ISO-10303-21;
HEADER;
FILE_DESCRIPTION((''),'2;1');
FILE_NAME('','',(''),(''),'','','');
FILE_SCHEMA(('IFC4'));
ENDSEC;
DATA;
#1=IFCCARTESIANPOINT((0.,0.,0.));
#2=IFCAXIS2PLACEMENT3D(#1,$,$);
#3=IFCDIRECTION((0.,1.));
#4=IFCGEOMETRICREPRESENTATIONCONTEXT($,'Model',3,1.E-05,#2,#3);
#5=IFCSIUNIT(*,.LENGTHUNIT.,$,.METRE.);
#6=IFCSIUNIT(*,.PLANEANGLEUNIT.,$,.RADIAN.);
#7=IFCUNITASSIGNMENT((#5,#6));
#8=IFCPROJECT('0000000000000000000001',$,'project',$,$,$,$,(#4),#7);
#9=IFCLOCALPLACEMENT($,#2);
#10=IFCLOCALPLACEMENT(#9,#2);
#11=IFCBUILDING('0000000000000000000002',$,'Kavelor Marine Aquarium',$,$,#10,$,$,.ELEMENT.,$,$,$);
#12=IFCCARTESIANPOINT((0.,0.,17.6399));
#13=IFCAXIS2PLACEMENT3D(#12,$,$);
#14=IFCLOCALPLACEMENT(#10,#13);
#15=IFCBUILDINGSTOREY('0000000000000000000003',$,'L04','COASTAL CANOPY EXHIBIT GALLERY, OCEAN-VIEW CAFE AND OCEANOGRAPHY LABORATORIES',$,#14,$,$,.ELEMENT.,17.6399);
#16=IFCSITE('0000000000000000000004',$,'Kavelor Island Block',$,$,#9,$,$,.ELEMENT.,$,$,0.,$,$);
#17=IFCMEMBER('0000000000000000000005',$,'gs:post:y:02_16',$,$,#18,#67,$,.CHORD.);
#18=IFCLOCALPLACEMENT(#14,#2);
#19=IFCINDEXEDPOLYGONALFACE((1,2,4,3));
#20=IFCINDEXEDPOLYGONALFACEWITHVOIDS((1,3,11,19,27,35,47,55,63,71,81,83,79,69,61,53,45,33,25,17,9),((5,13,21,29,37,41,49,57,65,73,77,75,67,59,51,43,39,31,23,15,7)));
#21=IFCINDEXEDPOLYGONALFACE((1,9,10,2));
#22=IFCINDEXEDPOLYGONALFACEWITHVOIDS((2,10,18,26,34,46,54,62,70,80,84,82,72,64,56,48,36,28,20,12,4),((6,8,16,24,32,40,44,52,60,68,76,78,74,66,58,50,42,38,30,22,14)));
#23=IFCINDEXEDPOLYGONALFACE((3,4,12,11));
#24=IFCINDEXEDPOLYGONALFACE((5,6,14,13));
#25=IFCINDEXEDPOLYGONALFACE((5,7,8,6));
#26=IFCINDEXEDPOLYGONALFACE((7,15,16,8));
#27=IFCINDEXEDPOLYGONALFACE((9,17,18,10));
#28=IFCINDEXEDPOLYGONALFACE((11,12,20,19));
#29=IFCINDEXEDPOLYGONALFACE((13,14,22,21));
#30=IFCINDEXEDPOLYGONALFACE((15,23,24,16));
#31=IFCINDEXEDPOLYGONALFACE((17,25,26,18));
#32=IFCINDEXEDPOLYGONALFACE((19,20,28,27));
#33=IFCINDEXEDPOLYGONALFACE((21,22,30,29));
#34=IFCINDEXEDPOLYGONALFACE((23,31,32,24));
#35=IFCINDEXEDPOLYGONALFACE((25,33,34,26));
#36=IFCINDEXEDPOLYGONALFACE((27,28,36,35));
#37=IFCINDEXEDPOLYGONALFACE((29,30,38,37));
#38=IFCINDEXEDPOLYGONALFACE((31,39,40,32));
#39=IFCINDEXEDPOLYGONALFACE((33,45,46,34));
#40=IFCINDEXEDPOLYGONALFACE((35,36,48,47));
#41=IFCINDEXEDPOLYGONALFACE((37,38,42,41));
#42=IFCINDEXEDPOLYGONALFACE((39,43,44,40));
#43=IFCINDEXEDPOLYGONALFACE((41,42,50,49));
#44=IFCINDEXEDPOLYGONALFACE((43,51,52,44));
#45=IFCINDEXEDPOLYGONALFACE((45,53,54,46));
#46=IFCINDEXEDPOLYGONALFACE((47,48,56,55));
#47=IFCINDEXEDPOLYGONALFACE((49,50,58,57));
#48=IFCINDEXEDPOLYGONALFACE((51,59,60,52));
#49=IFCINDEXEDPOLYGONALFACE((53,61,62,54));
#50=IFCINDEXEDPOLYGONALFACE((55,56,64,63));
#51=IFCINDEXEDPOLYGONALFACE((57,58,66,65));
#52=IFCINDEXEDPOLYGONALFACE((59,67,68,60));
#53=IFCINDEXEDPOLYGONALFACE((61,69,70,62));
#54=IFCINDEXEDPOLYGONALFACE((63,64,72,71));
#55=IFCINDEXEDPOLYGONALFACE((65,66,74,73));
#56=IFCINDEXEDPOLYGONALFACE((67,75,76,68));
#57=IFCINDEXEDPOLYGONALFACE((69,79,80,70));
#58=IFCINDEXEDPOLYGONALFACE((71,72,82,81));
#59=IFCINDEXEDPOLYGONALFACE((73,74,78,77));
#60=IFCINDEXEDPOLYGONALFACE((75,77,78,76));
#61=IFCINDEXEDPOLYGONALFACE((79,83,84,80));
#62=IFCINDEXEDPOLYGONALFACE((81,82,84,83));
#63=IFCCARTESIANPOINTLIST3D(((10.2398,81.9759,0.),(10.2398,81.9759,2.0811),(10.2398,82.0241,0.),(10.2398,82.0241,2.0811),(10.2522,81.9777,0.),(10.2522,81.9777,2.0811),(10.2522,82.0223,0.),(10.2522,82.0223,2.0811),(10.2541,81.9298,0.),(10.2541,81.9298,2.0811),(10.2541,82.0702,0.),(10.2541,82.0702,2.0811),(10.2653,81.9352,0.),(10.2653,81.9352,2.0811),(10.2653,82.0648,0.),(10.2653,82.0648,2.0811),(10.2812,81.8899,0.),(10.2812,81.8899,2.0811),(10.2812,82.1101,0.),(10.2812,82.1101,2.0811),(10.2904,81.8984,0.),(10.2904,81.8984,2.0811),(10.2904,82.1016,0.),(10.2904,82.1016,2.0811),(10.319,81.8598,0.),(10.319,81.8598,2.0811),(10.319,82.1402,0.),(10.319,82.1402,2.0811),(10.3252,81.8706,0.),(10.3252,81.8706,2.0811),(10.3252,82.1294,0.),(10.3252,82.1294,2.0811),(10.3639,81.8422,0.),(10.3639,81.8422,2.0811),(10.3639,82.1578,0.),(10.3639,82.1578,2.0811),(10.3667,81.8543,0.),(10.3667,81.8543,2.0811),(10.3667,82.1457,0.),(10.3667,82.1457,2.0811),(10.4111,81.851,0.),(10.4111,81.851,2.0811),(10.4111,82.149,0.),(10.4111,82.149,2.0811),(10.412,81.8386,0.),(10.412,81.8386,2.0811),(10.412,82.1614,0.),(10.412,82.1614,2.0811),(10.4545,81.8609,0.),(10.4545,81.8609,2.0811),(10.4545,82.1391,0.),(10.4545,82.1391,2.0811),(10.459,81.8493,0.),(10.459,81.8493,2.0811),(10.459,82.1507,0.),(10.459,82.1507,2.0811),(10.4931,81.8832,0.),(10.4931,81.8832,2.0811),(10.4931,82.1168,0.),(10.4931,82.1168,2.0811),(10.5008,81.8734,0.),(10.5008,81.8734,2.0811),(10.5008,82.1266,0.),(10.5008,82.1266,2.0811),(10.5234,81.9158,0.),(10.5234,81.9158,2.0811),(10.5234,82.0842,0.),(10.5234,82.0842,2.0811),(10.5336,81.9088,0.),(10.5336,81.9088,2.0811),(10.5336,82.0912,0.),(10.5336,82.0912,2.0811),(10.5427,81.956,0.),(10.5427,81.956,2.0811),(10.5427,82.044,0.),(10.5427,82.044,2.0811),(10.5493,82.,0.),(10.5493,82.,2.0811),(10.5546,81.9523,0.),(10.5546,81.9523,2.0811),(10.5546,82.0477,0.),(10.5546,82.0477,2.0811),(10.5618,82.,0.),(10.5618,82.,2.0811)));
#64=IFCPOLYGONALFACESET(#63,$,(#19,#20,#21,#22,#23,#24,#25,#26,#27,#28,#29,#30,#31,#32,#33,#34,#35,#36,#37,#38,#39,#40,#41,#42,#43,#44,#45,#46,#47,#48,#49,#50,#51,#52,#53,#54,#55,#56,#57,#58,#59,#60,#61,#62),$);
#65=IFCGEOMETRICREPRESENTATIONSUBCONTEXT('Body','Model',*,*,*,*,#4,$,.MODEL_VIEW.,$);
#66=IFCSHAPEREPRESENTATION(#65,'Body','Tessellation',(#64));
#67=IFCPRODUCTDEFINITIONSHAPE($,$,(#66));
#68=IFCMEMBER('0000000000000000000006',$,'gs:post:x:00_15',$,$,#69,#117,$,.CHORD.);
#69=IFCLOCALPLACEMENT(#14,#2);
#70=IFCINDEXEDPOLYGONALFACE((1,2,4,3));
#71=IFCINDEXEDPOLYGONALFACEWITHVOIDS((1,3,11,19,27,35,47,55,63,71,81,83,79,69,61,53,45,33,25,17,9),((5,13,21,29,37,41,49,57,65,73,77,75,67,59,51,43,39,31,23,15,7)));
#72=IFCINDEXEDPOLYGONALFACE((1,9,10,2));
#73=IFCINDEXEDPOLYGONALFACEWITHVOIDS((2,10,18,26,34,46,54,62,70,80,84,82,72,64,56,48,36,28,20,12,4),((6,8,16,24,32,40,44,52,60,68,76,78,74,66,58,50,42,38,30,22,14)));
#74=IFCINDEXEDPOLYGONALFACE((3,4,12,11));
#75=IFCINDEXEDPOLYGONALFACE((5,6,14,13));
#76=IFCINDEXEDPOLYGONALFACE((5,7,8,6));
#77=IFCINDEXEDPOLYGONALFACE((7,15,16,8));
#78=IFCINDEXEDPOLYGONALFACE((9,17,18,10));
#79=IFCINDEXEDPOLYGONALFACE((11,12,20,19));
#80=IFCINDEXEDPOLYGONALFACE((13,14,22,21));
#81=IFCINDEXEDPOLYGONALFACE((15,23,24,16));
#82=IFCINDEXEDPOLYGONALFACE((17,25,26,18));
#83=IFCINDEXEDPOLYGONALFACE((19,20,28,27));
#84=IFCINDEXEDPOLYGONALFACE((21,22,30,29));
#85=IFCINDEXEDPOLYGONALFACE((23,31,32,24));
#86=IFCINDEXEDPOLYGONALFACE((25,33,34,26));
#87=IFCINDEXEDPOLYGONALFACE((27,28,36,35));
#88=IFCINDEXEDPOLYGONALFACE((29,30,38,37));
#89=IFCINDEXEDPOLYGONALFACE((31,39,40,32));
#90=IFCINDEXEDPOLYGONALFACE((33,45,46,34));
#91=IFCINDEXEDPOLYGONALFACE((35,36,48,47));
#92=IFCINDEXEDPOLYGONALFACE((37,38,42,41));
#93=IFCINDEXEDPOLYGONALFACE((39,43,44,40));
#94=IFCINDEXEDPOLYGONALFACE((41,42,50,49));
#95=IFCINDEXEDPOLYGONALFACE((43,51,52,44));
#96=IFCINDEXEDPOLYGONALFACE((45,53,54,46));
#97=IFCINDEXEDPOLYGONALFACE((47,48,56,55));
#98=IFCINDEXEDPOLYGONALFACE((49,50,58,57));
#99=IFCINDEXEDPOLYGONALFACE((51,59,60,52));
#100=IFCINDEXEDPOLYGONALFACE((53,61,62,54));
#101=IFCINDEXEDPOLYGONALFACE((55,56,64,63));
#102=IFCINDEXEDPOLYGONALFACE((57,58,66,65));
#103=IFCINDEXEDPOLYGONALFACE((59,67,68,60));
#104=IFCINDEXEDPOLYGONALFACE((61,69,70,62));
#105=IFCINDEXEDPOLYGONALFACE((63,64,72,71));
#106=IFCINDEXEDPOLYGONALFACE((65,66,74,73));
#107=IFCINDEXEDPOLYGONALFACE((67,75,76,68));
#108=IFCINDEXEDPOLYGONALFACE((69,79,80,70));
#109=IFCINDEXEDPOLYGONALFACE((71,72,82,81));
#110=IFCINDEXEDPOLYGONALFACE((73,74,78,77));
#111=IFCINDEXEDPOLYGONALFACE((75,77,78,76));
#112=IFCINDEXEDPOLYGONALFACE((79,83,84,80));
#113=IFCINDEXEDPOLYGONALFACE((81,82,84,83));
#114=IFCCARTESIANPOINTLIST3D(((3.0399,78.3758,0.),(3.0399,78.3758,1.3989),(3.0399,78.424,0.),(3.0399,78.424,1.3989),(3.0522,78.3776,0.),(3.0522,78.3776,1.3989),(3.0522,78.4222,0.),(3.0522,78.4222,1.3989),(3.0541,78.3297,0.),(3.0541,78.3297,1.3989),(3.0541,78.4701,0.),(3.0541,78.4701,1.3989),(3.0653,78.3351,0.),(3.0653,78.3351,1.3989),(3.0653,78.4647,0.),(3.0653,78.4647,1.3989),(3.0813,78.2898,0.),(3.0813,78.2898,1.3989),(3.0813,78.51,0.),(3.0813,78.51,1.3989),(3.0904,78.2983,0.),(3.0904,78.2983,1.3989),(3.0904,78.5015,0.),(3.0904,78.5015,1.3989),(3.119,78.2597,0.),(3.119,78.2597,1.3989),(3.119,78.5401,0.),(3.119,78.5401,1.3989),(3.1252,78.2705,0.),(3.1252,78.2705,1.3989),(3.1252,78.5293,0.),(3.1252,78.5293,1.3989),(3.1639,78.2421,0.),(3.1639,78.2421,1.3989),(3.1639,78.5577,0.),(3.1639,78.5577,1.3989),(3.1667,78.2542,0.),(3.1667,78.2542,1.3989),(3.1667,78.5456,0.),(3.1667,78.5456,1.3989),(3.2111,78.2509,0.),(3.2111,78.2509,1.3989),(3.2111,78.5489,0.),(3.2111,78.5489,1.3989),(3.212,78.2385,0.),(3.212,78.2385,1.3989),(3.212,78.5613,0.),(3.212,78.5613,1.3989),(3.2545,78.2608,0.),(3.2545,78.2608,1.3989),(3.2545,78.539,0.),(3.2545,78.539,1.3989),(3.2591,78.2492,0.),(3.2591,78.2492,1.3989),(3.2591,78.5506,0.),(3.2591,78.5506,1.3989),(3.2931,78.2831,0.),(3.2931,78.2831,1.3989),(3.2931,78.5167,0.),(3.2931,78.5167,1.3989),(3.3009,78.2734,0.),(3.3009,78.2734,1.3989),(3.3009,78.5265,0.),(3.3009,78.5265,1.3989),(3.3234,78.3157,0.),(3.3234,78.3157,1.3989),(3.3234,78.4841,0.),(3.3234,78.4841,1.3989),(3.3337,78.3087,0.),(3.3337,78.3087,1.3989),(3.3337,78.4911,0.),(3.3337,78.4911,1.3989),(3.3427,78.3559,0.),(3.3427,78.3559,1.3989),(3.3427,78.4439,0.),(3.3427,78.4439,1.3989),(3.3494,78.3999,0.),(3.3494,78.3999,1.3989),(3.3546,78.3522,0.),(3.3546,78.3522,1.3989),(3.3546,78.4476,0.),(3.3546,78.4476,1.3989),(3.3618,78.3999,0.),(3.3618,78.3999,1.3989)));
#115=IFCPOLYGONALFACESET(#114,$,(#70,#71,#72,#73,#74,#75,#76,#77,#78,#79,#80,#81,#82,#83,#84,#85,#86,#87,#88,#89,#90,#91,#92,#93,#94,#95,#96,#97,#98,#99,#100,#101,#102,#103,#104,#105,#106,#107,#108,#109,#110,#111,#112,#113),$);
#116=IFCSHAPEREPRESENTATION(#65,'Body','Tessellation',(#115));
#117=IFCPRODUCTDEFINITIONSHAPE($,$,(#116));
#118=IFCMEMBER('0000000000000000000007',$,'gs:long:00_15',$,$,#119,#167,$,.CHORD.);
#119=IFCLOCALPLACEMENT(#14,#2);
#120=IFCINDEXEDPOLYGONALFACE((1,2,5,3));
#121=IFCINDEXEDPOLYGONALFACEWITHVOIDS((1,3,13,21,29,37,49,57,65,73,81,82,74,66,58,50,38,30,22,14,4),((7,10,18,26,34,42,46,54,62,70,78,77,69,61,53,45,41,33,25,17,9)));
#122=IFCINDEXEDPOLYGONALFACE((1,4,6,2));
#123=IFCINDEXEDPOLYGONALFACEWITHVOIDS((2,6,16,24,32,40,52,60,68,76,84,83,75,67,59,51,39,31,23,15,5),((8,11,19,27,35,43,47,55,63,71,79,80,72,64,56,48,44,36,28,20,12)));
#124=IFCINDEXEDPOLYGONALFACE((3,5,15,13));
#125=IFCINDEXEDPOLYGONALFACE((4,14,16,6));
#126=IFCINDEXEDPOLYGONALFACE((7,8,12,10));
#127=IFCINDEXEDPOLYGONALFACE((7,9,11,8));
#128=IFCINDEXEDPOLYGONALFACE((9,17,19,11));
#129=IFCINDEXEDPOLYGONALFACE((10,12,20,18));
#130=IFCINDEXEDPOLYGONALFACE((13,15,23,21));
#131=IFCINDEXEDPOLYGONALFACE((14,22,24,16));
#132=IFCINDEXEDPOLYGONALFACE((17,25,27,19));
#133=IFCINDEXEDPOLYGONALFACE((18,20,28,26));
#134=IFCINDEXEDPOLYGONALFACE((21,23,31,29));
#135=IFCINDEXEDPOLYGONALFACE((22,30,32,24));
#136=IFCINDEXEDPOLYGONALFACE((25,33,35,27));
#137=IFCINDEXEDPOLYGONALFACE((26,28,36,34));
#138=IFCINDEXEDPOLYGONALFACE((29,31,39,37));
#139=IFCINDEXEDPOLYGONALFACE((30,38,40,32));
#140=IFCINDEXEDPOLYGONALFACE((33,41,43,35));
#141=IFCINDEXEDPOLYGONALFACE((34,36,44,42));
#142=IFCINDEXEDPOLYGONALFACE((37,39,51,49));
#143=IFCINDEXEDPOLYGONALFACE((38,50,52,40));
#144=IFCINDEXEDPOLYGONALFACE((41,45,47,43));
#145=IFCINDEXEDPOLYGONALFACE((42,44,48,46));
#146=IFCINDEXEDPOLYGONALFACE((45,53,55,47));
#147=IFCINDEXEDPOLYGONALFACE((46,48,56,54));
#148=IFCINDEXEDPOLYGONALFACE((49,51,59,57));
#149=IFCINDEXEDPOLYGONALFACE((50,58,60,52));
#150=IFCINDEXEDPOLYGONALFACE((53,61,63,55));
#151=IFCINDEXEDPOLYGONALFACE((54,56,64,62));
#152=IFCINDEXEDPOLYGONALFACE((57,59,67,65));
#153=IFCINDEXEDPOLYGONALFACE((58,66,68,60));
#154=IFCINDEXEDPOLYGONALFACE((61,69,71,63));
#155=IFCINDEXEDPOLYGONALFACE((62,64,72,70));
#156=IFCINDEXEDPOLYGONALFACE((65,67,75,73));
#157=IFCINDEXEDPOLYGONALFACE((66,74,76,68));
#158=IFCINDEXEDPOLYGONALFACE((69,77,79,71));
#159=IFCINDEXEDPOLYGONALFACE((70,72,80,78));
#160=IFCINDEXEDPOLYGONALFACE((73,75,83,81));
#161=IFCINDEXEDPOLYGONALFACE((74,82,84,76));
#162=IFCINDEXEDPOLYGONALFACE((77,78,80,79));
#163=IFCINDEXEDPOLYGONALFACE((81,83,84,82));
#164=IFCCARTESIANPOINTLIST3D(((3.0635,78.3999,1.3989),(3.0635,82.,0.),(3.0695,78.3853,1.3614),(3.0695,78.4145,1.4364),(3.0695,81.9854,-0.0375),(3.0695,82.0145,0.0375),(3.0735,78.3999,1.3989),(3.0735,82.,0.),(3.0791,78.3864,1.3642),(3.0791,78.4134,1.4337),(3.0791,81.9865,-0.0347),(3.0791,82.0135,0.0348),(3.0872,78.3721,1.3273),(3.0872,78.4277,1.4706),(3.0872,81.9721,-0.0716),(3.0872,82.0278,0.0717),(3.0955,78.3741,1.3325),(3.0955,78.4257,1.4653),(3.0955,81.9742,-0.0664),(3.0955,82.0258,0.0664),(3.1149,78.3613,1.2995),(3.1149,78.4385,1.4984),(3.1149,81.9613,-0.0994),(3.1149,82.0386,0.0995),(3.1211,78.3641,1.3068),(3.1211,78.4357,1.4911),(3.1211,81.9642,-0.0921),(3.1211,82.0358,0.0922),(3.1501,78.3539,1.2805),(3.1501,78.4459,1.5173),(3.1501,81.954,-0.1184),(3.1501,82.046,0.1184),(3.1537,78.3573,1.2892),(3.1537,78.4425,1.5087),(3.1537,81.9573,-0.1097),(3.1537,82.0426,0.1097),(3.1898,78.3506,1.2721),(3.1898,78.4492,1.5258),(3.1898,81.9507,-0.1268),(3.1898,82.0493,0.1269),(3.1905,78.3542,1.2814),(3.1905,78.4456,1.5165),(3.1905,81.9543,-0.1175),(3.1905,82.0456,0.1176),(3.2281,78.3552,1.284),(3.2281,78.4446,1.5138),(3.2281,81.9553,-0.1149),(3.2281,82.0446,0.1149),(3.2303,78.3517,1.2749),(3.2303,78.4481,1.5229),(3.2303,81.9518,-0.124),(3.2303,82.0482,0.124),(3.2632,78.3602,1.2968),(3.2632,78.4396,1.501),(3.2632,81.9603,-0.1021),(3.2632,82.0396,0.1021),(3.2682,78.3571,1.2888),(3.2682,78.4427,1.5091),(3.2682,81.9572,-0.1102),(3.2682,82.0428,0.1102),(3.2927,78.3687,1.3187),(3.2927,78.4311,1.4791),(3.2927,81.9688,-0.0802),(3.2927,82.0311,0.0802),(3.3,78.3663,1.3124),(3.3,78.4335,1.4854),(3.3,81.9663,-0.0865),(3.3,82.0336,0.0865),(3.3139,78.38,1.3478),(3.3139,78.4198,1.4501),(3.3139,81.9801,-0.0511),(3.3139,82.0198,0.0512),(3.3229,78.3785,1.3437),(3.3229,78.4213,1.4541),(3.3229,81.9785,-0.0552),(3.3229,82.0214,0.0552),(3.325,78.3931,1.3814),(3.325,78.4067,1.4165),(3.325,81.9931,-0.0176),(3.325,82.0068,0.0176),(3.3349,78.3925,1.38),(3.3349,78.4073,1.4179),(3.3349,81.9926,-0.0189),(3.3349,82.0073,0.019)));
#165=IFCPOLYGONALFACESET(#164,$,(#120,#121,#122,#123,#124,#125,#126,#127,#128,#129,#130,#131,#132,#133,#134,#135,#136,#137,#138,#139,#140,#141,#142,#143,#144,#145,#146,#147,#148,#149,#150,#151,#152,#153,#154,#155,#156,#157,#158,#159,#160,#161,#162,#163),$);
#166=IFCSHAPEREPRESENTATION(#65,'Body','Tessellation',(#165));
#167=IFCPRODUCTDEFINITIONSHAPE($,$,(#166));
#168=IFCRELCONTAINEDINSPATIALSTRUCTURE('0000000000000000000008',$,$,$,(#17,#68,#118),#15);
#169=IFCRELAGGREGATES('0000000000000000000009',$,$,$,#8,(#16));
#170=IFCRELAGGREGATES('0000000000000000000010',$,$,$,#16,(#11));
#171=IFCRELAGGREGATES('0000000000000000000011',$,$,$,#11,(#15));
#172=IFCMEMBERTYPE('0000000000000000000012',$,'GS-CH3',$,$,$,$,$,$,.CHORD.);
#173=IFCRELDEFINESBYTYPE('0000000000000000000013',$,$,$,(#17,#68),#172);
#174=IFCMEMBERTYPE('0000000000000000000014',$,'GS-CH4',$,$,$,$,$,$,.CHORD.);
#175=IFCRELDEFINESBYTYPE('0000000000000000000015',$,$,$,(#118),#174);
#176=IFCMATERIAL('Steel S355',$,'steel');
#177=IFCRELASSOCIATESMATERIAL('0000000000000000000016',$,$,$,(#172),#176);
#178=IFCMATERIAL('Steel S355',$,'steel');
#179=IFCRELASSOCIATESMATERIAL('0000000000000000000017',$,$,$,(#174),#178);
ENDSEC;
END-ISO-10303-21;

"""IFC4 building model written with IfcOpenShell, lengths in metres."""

from ifc_helpers import new_model, si_unit, direction, frame, origin, origin_2d, place, context, subcontext, project, spatial, hollow_circle, extrude, material, material_profile, profile_set, type_object, element, save


model = new_model("IFC4")

# Units and contexts
model_context = context("Model", 3, precision=1e-05, world=origin(), true_north=direction((0.0, 1.0)))
body_context = subcontext(model_context, "Body", "Model", "MODEL_VIEW")
ifc_project = project(units=[si_unit("LENGTHUNIT", "METRE"), si_unit("PLANEANGLEUNIT", "RADIAN")], contexts=[model_context])

# Site, building, storey
site_placement = place(None, origin())
site = spatial("IfcSite", under=ifc_project, at=site_placement, Name="Kavelor Island Block", CompositionType="ELEMENT", RefElevation=0.0)
building_placement = place(site_placement, origin())
building = spatial("IfcBuilding", under=site, at=building_placement, Name="Kavelor Marine Aquarium", CompositionType="ELEMENT")
storey_placement = place(building_placement, frame((0.0, 0.0, 17.6399)))
storey = spatial("IfcBuildingStorey", under=building, at=storey_placement, Name="L04", Description="COASTAL CANOPY EXHIBIT GALLERY, OCEAN-VIEW CAFE AND OCEANOGRAPHY LABORATORIES", CompositionType="ELEMENT", Elevation=17.6399)

# Members
ifc_material_1 = material(Name="Steel S355", Category="steel")
ifc_material_profile_1 = material_profile(ifc_material_1, hollow_circle(Radius=0.1619, WallThickness=0.0125, at=origin_2d()), Name="CHS 323.9x12.5")
ifc_profile_set_1 = profile_set([ifc_material_profile_1], Name="Steel S355")
member_type_1 = type_object("IfcMemberType", Name="GS-CH3", PredefinedType="CHORD", material=ifc_profile_set_1)
member_1_placement = place(storey_placement, frame((10.3999, 82.0, 0.0), z_axis=(0.0, 0.0, 1.0), x_axis=(1.0, 0.0, 0.0)))
element("IfcMember", 1, at=member_1_placement, inside=storey, type_object=member_type_1, Name="gs:post:y:02_16", PredefinedType="CHORD", context=body_context, shape_type="SweptSolid", body=[
    extrude(hollow_circle(Radius=0.1619, WallThickness=0.0125, at=origin_2d()), origin(), (0.0, 0.0, 1.0), 2.0811),
])
member_2_placement = place(storey_placement, frame((3.2, 78.3999, 0.0), z_axis=(0.0, 0.0, 1.0), x_axis=(1.0, 0.0, 0.0)))
element("IfcMember", 2, at=member_2_placement, inside=storey, type_object=member_type_1, Name="gs:post:x:00_15", PredefinedType="CHORD", context=body_context, shape_type="SweptSolid", body=[
    extrude(hollow_circle(Radius=0.1619, WallThickness=0.0125, at=origin_2d()), origin(), (0.0, 0.0, 1.0), 1.3989),
])
ifc_material_2 = material(Name="Steel S355", Category="steel")
ifc_material_profile_2 = material_profile(ifc_material_2, hollow_circle(Radius=0.1365, WallThickness=0.01, at=origin_2d()), Name="CHS 273.0x10.0")
ifc_profile_set_2 = profile_set([ifc_material_profile_2], Name="Steel S355")
member_type_2 = type_object("IfcMemberType", Name="GS-CH4", PredefinedType="CHORD", material=ifc_profile_set_2)
for number, where, z_axis, x_axis, name in (
    (3, (3.2, 78.3999, 1.3989), (0.0, 0.932102, -0.362196), (-1.0, 0.0, 0.0), "gs:long:00_15"),
):
    element("IfcMember", number, at=place(storey_placement, frame(where, z_axis=z_axis, x_axis=x_axis)), inside=storey, type_object=member_type_2, Name=name, PredefinedType="CHORD", context=body_context, shape_type="SweptSolid", body=[
        extrude(hollow_circle(Radius=0.1365, WallThickness=0.01, at=origin_2d()), origin(), (0.0, 0.0, 1.0), 3.8623),
    ])

save(model, "model.ifc")
